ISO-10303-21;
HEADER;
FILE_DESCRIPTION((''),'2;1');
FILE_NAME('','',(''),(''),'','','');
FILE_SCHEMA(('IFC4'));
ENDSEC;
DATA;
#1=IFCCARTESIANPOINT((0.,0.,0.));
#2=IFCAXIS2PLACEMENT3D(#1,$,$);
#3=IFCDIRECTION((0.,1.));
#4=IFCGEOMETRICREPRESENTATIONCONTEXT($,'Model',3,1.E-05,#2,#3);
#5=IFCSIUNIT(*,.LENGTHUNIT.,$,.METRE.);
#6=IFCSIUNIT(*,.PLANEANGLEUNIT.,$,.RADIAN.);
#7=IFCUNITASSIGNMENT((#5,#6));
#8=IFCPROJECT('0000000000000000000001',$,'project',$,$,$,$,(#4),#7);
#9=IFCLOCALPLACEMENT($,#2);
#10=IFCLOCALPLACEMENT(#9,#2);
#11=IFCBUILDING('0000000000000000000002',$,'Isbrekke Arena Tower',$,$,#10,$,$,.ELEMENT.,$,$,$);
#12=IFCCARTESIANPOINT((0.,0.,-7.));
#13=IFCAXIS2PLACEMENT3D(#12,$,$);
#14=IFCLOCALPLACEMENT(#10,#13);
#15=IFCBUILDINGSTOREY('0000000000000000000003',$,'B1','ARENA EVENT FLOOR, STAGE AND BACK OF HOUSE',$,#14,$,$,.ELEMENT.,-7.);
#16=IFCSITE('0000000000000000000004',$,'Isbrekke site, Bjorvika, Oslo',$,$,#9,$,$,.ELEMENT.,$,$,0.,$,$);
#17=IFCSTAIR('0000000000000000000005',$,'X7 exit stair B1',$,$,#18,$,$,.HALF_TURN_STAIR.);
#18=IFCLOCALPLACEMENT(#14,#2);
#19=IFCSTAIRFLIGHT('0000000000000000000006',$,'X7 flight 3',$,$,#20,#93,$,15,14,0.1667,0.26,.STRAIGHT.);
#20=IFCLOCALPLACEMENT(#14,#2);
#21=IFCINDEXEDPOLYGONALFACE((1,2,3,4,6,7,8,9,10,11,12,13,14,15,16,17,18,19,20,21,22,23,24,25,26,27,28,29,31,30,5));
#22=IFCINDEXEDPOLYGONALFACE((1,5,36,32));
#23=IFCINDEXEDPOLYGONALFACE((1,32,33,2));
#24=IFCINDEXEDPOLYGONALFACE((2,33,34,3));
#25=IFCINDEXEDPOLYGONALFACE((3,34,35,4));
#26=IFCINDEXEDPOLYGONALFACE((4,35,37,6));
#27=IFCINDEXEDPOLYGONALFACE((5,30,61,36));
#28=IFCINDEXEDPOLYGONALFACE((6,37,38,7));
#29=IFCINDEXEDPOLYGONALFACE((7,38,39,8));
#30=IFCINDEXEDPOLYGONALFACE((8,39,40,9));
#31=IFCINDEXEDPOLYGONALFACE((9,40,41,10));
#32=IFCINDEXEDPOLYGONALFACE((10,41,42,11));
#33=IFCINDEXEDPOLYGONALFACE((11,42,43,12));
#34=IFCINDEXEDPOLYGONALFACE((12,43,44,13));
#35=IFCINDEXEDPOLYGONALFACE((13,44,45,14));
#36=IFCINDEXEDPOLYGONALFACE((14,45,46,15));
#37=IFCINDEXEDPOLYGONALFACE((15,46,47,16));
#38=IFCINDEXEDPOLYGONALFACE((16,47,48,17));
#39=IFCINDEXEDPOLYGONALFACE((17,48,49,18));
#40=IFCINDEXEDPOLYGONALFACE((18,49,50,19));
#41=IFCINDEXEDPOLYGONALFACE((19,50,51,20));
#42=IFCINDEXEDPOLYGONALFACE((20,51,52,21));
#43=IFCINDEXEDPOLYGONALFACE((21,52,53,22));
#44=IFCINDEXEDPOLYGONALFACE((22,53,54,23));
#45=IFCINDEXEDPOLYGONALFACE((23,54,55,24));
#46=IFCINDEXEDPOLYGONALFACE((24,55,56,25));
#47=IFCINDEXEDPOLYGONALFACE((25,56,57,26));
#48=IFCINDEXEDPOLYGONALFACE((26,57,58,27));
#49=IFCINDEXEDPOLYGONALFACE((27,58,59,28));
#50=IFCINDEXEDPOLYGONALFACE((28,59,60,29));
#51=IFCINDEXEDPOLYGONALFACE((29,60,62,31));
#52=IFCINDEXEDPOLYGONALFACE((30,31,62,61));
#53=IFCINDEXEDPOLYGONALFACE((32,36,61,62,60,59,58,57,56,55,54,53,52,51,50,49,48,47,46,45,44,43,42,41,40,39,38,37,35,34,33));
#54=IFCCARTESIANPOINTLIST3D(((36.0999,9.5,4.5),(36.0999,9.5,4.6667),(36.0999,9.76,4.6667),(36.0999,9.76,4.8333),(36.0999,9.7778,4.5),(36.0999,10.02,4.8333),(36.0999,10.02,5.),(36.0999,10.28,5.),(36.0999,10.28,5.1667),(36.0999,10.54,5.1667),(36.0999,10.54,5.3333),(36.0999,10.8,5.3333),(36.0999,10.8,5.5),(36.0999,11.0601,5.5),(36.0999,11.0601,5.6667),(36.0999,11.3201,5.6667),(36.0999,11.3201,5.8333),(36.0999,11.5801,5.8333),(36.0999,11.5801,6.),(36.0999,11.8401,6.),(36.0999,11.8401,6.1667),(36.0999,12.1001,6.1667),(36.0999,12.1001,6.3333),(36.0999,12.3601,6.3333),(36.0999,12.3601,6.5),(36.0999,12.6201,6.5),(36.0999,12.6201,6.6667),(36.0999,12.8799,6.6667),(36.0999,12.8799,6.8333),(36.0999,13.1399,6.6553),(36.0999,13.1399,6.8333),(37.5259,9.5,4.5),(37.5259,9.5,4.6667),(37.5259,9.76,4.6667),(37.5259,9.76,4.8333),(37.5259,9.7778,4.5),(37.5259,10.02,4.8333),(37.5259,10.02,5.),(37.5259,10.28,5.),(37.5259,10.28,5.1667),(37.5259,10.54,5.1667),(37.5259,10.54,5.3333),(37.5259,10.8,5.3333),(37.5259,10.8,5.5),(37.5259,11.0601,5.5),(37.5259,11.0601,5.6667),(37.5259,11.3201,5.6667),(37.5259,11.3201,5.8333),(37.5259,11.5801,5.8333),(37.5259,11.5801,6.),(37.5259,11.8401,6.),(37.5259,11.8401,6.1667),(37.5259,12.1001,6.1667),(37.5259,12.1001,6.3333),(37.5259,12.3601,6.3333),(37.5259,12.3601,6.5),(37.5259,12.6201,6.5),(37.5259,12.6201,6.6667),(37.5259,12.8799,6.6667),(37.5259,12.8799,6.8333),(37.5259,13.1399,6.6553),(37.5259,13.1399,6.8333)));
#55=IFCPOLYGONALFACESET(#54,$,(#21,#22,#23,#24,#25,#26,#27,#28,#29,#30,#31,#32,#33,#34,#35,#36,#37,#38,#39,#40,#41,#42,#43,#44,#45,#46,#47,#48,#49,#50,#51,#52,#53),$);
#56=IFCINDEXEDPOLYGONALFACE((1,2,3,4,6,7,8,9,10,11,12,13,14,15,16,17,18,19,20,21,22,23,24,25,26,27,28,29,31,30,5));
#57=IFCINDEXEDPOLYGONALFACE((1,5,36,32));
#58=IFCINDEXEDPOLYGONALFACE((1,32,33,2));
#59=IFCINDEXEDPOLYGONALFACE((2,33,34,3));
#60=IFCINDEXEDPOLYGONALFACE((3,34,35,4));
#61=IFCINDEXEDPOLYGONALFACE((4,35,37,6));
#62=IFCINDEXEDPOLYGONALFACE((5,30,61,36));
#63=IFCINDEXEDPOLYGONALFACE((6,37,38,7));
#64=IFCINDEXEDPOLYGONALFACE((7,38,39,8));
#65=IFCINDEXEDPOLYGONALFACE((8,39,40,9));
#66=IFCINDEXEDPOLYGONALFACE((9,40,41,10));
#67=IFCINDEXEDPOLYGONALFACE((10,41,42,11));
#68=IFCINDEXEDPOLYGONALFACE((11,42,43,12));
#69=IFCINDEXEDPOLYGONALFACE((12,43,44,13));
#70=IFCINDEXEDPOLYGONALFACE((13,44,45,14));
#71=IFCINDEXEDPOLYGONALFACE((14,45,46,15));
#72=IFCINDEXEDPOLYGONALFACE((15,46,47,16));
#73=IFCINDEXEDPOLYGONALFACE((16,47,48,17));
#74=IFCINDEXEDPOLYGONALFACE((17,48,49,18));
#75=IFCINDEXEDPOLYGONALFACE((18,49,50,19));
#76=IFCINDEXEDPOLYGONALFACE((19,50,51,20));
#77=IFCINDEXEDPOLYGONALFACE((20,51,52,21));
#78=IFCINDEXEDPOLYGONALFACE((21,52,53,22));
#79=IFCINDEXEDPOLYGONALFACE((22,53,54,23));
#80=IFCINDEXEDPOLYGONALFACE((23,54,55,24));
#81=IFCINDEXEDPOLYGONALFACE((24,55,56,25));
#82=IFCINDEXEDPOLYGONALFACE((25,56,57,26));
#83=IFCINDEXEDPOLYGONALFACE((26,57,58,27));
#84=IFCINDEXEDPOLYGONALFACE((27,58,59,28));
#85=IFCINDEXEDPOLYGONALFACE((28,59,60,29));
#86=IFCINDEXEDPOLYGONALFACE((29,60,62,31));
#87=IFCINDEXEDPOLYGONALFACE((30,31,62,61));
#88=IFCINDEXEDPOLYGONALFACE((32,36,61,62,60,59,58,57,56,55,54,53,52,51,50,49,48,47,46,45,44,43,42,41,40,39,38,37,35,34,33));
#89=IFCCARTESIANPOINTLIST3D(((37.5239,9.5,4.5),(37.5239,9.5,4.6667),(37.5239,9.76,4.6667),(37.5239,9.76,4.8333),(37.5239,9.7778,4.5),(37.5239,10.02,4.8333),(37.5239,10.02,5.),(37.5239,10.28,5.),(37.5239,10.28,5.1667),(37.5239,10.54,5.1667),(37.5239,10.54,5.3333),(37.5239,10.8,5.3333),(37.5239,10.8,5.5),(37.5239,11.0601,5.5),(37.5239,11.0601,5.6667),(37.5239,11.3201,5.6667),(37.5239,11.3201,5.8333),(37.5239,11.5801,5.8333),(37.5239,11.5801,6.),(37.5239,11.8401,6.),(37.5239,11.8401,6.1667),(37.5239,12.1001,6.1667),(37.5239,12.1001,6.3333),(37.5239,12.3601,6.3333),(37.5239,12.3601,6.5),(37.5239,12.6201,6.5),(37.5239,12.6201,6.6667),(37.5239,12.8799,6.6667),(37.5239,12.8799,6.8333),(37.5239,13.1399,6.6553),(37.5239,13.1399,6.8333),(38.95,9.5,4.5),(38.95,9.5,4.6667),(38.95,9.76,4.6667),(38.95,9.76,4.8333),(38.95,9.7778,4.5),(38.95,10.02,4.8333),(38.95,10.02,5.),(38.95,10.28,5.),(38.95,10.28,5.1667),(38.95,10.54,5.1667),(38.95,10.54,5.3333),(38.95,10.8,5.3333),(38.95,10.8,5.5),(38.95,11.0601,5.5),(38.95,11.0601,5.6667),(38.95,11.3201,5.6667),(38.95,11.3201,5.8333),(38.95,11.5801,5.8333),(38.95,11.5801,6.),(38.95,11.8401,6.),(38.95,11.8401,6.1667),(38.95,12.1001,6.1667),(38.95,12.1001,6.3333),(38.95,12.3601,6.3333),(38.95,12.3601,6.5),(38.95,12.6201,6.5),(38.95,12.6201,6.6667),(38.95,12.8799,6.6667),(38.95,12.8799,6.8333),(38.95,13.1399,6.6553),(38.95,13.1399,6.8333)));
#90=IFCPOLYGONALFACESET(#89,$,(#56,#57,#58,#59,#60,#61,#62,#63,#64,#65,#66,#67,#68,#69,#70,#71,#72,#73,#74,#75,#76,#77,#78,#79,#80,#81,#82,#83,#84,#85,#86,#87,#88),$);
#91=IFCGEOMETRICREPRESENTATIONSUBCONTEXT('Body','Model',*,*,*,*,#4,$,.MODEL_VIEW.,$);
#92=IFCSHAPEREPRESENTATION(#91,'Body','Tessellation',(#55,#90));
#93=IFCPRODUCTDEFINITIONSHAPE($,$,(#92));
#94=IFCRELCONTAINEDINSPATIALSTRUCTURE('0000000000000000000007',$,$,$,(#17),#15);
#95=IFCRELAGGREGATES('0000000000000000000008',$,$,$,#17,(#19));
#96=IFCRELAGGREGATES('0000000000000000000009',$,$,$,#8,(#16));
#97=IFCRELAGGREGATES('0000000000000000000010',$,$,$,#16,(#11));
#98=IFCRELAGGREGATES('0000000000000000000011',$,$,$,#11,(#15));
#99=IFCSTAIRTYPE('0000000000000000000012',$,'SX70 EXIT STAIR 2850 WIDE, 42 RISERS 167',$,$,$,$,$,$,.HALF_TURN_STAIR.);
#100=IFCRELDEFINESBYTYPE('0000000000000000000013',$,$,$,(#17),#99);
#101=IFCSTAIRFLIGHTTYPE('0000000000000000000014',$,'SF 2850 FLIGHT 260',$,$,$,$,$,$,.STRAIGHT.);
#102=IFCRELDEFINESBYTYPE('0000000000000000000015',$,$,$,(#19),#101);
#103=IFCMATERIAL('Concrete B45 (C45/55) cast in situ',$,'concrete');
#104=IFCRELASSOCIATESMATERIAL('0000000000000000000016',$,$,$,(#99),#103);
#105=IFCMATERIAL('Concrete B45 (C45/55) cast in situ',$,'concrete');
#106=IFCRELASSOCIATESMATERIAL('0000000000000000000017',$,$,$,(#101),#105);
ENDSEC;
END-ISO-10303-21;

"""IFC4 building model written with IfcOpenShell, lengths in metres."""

from ifc_helpers import new_model, si_unit, direction, frame, origin, place, context, subcontext, project, spatial, polyline, outline, extrude, material, type_object, element, aggregate, save


model = new_model("IFC4")

# Units and contexts
model_context = context("Model", 3, precision=1e-05, world=origin(), true_north=direction((0.0, 1.0)))
body_context = subcontext(model_context, "Body", "Model", "MODEL_VIEW")
ifc_project = project(units=[si_unit("LENGTHUNIT", "METRE"), si_unit("PLANEANGLEUNIT", "RADIAN")], contexts=[model_context])

# Site, building, storey
site_placement = place(None, origin())
site = spatial("IfcSite", under=ifc_project, at=site_placement, Name="Isbrekke site, Bjorvika, Oslo", CompositionType="ELEMENT", RefElevation=0.0)
building_placement = place(site_placement, origin())
building = spatial("IfcBuilding", under=site, at=building_placement, Name="Isbrekke Arena Tower", CompositionType="ELEMENT")
storey_placement = place(building_placement, frame((0.0, 0.0, -7.0)))
storey = spatial("IfcBuildingStorey", under=building, at=storey_placement, Name="B1", Description="ARENA EVENT FLOOR, STAGE AND BACK OF HOUSE", CompositionType="ELEMENT", Elevation=-7.0)

# Stair, stair flight
ifc_material_1 = material(Name="Concrete B45 (C45/55) cast in situ", Category="concrete")
stair_type = type_object("IfcStairType", Name="SX70 EXIT STAIR 2850 WIDE, 42 RISERS 167", PredefinedType="HALF_TURN_STAIR", material=ifc_material_1)
stair_placement = place(storey_placement, origin())
stair = element("IfcStair", 1, at=stair_placement, inside=storey, type_object=stair_type, Name="X7 exit stair B1", PredefinedType="HALF_TURN_STAIR")
ifc_material_2 = material(Name="Concrete B45 (C45/55) cast in situ", Category="concrete")
stair_flight_type = type_object("IfcStairFlightType", Name="SF 2850 FLIGHT 260", PredefinedType="STRAIGHT", material=ifc_material_2)
stair_flight_1_placement = place(storey_placement, frame((37.5249, 9.5, 4.5), z_axis=(0.0, 0.0, 1.0), x_axis=(0.0, 1.0, 0.0)))
stair_flight_1 = element("IfcStairFlight", 2, at=stair_flight_1_placement, type_object=stair_flight_type, Name="X7 flight 3", NumberOfRisers=15, NumberOfTreads=14, PredefinedType="STRAIGHT", RiserHeight=0.1667, TreadLength=0.26, context=body_context, shape_type="SweptSolid", body=[
    extrude(outline(polyline([(0.0, 0.0), (0.0, 0.1667), (0.26, 0.1667), (0.26, 0.3333), (0.52, 0.3333), (0.52, 0.5), (0.78, 0.5), (0.78, 0.6667), (1.04, 0.6667), (1.04, 0.8333), (1.3, 0.8333), (1.3, 1.0), (1.5601, 1.0), (1.5601, 1.1667), (1.8201, 1.1667), (1.8201, 1.3333), (2.0801, 1.3333), (2.0801, 1.5), (2.3401, 1.5), (2.3401, 1.6667), (2.6001, 1.6667), (2.6001, 1.8333), (2.8601, 1.8333), (2.8601, 2.0), (3.1201, 2.0), (3.1201, 2.1667), (3.3799, 2.1667), (3.3799, 2.3333), (3.6399, 2.3333), (3.6399, 2.5), (3.6399, 2.1553), (0.2778, 0.0), (0.0, 0.0)])), frame((0.0, 1.425, 0.0), z_axis=(0.0, -1.0, 0.0), x_axis=(1.0, 0.0, 0.0)), (0.0, 0.0, 1.0), 1.426),
    extrude(outline(polyline([(0.0, 0.0), (0.0, 0.1667), (0.26, 0.1667), (0.26, 0.3333), (0.52, 0.3333), (0.52, 0.5), (0.78, 0.5), (0.78, 0.6667), (1.04, 0.6667), (1.04, 0.8333), (1.3, 0.8333), (1.3, 1.0), (1.5601, 1.0), (1.5601, 1.1667), (1.8201, 1.1667), (1.8201, 1.3333), (2.0801, 1.3333), (2.0801, 1.5), (2.3401, 1.5), (2.3401, 1.6667), (2.6001, 1.6667), (2.6001, 1.8333), (2.8601, 1.8333), (2.8601, 2.0), (3.1201, 2.0), (3.1201, 2.1667), (3.3799, 2.1667), (3.3799, 2.3333), (3.6399, 2.3333), (3.6399, 2.5), (3.6399, 2.1553), (0.2778, 0.0), (0.0, 0.0)])), frame((0.0, 0.001, 0.0), z_axis=(0.0, -1.0, 0.0), x_axis=(1.0, 0.0, 0.0)), (0.0, 0.0, 1.0), 1.426),
])
aggregate(stair, [stair_flight_1])

save(model, "model.ifc")
